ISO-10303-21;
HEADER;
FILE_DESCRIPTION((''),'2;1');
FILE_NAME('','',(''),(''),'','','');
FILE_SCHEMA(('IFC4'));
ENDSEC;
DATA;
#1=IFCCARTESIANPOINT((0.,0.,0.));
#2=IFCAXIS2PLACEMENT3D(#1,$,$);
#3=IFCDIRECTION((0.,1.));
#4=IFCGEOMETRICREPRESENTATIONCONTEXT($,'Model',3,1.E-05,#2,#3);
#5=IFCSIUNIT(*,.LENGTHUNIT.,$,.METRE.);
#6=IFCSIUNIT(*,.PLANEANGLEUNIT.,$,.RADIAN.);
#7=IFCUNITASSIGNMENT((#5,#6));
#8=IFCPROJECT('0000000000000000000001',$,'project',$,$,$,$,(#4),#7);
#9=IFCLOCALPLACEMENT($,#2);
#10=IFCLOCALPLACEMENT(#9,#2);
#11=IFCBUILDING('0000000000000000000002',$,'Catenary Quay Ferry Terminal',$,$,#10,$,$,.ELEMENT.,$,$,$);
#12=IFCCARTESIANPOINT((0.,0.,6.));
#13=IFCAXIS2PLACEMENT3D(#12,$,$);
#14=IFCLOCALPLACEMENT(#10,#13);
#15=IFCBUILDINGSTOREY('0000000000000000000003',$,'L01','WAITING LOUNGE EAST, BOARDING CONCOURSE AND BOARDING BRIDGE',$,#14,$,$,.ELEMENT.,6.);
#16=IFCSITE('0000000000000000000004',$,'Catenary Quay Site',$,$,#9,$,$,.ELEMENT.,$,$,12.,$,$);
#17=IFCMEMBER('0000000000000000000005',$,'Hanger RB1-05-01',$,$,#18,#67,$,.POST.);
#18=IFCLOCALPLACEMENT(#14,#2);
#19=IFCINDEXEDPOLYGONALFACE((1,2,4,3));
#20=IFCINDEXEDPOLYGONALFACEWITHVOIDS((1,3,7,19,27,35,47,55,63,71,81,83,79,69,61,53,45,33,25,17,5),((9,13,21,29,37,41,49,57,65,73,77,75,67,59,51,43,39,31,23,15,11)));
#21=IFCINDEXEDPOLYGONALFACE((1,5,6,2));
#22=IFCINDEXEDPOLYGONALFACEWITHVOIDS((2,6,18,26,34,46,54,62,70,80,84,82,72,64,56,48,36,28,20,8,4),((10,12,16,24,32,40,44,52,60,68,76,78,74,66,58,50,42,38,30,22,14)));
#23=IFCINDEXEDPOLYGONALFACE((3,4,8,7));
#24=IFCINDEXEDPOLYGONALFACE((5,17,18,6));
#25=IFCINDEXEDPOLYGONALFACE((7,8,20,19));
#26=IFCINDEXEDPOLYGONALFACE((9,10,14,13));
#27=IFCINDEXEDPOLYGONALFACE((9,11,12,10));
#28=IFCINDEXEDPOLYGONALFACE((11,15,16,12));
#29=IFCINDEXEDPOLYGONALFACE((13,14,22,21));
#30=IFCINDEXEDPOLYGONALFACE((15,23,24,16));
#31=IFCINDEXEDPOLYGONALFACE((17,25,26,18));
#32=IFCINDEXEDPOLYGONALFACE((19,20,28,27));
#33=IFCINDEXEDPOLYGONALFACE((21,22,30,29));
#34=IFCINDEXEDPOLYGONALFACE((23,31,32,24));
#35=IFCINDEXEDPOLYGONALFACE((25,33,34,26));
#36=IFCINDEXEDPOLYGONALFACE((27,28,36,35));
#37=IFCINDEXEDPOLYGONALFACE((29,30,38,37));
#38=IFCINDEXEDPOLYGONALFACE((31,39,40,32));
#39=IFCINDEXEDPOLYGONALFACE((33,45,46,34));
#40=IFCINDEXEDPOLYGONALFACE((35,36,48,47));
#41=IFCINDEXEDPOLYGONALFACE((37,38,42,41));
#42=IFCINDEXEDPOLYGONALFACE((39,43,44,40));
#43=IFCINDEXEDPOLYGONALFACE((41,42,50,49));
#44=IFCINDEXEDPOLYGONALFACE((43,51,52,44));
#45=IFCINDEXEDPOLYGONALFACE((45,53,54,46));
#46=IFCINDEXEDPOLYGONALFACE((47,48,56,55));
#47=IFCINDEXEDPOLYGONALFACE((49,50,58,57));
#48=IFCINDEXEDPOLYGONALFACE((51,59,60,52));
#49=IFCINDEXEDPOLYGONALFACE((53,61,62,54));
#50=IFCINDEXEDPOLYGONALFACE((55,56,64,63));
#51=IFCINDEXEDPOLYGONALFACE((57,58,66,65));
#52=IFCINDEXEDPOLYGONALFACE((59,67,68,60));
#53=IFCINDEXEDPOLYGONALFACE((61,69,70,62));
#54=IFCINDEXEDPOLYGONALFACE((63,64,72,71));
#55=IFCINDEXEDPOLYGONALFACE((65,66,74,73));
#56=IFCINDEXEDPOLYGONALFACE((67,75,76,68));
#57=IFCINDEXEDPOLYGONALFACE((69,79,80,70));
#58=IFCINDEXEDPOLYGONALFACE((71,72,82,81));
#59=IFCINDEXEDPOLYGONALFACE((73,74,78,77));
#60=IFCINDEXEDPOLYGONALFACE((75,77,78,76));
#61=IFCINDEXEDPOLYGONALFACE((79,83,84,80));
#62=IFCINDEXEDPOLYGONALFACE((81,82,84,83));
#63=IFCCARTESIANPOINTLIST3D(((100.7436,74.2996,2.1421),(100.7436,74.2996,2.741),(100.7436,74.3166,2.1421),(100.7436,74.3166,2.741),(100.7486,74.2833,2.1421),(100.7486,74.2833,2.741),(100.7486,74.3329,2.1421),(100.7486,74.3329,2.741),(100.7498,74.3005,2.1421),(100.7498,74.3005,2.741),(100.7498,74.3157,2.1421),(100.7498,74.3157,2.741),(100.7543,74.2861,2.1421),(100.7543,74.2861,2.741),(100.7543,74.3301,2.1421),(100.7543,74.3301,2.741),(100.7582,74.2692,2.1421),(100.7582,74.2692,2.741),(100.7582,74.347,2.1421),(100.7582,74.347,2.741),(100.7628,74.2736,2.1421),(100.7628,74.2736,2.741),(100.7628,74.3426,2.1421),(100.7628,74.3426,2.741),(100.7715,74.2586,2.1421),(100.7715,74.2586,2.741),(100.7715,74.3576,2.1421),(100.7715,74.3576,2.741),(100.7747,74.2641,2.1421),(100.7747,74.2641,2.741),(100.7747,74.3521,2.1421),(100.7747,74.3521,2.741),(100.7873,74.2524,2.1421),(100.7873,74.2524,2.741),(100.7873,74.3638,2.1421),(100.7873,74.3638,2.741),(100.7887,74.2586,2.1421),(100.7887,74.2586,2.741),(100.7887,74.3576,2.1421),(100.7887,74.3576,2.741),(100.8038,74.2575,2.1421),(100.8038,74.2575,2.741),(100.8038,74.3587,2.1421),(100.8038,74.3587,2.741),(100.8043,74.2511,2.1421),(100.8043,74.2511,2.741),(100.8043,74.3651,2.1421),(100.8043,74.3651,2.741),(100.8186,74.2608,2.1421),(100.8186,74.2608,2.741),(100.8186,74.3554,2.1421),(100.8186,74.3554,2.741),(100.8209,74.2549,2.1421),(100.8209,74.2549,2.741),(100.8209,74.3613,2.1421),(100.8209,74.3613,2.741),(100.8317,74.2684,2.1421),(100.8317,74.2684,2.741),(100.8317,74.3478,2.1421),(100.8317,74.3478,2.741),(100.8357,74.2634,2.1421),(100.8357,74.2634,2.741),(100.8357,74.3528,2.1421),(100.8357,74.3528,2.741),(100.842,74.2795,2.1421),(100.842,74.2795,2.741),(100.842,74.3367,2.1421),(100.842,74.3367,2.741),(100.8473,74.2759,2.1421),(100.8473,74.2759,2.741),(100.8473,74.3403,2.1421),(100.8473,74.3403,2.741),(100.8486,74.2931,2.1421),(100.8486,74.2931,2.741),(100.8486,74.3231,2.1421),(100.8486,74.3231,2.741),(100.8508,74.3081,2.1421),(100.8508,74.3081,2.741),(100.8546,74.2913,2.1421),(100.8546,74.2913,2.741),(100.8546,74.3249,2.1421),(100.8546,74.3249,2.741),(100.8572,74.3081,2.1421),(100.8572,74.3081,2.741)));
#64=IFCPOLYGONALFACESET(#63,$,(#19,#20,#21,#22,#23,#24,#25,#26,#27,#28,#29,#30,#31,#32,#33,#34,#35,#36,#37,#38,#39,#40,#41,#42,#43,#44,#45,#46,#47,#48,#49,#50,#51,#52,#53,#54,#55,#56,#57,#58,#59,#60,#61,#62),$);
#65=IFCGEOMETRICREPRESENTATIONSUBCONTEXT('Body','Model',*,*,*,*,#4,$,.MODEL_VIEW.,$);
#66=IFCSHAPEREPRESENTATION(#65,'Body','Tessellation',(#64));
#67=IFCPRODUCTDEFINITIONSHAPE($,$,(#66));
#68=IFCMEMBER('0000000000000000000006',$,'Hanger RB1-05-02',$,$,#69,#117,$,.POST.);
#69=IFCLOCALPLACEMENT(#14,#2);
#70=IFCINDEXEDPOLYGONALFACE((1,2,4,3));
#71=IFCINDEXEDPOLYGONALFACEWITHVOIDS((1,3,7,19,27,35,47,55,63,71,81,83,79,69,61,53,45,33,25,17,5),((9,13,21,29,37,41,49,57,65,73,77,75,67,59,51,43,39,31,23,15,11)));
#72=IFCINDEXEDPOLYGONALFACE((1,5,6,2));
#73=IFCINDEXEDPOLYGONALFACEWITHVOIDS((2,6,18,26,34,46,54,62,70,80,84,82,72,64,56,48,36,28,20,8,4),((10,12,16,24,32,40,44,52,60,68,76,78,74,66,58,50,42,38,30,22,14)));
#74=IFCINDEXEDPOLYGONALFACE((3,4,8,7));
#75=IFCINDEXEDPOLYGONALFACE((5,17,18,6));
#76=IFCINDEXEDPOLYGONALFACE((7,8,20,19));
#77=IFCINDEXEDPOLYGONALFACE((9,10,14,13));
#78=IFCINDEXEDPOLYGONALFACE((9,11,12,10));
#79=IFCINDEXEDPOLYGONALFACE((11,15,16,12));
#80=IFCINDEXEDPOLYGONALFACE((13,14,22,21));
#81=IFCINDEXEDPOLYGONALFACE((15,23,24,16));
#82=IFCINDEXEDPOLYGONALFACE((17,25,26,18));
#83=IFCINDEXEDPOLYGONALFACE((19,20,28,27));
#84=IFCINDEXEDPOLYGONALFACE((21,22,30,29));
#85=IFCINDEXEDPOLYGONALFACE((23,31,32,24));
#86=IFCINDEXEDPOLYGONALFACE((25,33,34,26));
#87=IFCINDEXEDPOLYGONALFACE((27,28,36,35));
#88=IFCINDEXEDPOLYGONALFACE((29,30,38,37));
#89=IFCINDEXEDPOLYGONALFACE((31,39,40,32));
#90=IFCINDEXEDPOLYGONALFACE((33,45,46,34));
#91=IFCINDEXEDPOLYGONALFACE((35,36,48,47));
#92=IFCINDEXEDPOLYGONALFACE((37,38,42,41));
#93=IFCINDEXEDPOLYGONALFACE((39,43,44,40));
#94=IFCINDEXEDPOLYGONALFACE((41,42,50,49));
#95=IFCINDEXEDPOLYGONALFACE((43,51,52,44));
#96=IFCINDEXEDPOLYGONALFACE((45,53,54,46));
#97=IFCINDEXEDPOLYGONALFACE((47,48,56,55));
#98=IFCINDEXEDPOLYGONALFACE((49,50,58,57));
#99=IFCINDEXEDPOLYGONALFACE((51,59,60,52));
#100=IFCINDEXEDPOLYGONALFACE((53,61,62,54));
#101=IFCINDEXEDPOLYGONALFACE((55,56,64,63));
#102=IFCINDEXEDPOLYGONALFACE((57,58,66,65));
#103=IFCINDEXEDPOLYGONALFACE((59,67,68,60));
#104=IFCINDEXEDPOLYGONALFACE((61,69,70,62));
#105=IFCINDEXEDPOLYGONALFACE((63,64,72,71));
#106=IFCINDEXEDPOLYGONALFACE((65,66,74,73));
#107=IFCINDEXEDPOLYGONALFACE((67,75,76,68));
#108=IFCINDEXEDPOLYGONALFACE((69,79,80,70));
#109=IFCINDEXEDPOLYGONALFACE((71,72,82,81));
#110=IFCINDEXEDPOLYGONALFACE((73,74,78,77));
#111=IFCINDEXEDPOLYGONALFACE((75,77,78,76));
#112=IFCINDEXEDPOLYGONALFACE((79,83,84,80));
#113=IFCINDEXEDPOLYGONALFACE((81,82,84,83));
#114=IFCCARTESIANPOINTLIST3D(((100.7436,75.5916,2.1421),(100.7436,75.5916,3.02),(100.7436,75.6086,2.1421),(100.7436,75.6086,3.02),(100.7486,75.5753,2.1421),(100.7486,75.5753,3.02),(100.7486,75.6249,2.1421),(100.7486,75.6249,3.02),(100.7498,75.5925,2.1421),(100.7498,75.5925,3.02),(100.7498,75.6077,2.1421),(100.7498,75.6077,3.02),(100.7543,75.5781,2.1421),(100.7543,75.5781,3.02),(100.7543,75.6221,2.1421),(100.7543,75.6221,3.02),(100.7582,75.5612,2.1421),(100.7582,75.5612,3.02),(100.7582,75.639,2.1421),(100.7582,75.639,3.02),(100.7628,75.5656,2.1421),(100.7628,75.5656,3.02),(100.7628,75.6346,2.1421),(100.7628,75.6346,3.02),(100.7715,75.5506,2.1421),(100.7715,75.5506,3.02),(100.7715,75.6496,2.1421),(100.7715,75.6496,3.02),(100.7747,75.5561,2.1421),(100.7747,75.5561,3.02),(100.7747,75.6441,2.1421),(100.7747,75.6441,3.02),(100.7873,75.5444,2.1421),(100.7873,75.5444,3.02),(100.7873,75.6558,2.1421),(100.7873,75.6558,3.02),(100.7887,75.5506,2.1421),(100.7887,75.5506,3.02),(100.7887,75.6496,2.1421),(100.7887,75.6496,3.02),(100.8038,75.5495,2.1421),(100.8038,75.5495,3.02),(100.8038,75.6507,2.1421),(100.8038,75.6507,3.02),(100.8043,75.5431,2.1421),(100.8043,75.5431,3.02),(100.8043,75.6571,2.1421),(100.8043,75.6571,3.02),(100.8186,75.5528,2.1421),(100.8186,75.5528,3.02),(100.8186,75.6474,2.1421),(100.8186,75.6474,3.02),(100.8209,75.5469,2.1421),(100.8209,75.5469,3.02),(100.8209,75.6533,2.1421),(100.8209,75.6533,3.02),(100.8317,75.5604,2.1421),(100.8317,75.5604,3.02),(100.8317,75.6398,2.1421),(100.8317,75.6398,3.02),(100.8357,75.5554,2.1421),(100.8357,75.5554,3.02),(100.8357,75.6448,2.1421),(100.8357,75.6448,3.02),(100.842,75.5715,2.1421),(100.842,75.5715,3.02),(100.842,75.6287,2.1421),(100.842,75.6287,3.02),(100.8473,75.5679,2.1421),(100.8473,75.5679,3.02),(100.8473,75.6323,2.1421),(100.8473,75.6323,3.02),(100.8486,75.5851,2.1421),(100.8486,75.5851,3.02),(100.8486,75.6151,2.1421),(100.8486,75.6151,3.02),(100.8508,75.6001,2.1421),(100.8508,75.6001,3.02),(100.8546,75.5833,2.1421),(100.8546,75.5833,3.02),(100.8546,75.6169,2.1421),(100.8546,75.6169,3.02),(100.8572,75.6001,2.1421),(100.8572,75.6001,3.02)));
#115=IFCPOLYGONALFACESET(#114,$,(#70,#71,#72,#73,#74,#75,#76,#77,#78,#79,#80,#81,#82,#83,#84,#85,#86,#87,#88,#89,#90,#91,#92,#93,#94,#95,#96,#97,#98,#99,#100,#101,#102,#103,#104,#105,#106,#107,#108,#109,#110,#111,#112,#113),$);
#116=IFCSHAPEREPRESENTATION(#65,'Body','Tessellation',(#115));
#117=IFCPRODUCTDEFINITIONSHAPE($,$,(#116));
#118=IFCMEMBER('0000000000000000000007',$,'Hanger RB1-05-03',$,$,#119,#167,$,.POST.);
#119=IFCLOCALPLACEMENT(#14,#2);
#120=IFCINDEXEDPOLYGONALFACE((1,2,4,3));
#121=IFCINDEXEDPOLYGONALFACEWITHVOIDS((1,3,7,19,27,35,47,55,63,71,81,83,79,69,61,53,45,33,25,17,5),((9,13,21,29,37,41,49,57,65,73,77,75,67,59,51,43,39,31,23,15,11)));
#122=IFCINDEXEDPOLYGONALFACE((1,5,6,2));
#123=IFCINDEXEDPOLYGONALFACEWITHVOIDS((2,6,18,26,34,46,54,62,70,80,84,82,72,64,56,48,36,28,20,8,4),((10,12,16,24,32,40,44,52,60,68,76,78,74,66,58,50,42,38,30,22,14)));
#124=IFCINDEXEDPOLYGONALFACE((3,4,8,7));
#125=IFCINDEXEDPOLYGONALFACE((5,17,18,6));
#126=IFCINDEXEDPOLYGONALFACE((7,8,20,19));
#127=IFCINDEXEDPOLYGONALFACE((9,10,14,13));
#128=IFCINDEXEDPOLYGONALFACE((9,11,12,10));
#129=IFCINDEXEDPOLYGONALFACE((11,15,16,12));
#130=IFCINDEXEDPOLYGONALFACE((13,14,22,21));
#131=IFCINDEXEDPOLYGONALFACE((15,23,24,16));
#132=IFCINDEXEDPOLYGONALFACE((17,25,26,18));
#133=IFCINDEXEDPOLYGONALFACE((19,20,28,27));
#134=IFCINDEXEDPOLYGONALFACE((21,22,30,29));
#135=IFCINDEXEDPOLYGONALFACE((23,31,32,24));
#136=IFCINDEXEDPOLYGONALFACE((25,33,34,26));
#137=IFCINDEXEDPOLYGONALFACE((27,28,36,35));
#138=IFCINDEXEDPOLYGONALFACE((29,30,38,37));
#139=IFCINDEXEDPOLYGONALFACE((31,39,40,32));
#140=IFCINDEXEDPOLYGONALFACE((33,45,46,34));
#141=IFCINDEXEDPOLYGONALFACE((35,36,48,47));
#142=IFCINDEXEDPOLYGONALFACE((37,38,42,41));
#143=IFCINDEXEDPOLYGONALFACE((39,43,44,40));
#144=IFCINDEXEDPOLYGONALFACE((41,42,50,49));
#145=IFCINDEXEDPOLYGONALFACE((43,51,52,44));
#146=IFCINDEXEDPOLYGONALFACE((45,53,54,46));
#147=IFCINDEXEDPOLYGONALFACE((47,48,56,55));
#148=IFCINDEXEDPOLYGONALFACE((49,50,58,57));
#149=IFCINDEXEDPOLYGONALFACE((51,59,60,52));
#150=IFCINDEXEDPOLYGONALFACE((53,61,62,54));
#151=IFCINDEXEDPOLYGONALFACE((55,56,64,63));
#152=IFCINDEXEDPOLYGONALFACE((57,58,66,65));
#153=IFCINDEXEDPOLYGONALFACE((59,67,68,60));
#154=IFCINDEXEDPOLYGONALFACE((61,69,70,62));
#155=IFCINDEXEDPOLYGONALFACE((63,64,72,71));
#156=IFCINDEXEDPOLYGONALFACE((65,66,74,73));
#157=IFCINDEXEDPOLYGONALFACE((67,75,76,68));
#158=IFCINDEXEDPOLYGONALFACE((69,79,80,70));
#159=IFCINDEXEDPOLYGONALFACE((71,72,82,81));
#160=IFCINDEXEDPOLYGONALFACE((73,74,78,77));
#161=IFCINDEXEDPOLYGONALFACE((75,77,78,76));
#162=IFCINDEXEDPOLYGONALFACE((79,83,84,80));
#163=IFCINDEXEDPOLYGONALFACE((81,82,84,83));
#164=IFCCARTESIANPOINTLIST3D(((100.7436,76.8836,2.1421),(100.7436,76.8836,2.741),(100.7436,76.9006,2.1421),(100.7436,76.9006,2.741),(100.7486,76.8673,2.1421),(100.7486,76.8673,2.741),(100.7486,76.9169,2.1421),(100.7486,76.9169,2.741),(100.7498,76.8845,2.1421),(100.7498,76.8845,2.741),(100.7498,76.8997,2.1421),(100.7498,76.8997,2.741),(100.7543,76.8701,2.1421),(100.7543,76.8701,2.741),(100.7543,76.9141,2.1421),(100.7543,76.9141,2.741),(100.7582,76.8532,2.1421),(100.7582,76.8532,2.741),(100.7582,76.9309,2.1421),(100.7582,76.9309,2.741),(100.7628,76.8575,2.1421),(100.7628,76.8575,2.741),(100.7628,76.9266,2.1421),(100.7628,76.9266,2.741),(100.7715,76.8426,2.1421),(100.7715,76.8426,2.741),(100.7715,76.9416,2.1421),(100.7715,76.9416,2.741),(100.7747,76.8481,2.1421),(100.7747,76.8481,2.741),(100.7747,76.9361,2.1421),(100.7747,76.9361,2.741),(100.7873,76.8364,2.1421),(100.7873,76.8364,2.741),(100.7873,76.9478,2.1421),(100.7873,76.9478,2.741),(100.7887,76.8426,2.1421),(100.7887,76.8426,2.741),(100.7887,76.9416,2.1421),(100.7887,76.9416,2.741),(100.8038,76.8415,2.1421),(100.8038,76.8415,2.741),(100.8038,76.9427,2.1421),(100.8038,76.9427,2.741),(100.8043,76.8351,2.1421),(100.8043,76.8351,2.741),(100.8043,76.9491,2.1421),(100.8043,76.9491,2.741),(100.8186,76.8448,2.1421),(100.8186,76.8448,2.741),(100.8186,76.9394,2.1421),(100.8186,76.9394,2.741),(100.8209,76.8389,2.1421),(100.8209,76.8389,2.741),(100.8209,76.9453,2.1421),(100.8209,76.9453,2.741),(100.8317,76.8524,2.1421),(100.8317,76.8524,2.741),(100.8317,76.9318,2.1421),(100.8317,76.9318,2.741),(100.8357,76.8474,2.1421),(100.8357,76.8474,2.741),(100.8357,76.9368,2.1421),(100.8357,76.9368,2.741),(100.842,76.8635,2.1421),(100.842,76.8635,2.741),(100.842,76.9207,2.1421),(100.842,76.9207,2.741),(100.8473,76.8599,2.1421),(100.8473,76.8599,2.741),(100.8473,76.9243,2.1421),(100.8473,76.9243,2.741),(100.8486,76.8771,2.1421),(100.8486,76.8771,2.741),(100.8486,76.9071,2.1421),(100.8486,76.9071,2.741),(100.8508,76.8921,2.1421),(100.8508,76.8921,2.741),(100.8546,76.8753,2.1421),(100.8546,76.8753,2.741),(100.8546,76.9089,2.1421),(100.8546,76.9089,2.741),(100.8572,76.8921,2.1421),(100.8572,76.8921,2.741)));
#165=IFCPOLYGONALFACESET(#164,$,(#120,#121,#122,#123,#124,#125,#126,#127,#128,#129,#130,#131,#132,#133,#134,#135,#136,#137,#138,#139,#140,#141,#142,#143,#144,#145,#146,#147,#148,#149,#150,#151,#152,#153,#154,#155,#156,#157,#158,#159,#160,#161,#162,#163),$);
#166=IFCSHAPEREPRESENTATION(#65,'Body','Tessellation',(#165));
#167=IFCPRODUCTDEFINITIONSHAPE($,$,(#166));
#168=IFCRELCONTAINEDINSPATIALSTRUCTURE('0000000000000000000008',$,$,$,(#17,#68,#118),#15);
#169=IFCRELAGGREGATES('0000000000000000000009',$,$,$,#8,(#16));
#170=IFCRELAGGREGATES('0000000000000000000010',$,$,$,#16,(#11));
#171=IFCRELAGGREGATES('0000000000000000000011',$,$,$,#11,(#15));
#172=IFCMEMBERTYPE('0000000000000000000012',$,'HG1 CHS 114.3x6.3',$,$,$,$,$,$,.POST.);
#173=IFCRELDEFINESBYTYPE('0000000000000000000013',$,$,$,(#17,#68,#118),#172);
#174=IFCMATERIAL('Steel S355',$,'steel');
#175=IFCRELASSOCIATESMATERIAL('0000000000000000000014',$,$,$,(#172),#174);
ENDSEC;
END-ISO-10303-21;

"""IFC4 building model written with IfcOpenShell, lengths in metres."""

from ifc_helpers import new_model, si_unit, direction, frame, origin, origin_2d, place, context, subcontext, project, spatial, hollow_circle, extrude, material, material_profile, profile_set, type_object, element, save


model = new_model("IFC4")

# Units and contexts
model_context = context("Model", 3, precision=1e-05, world=origin(), true_north=direction((0.0, 1.0)))
body_context = subcontext(model_context, "Body", "Model", "MODEL_VIEW")
ifc_project = project(units=[si_unit("LENGTHUNIT", "METRE"), si_unit("PLANEANGLEUNIT", "RADIAN")], contexts=[model_context])

# Site, building, storey
site_placement = place(None, origin())
site = spatial("IfcSite", under=ifc_project, at=site_placement, Name="Catenary Quay Site", CompositionType="ELEMENT", RefElevation=12.0)
building_placement = place(site_placement, origin())
building = spatial("IfcBuilding", under=site, at=building_placement, Name="Catenary Quay Ferry Terminal", CompositionType="ELEMENT")
storey_placement = place(building_placement, frame((0.0, 0.0, 6.0)))
storey = spatial("IfcBuildingStorey", under=building, at=storey_placement, Name="L01", Description="WAITING LOUNGE EAST, BOARDING CONCOURSE AND BOARDING BRIDGE", CompositionType="ELEMENT", Elevation=6.0)

# Members
ifc_material_1 = material(Name="Steel S355", Category="steel")
ifc_material_profile_1 = material_profile(ifc_material_1, hollow_circle(Radius=0.0571, WallThickness=0.0063, at=origin_2d()), Name="CHS 114.3x6.3")
ifc_profile_set_1 = profile_set([ifc_material_profile_1], Name="Steel S355")
member_type_1 = type_object("IfcMemberType", Name="HG1 CHS 114.3x6.3", PredefinedType="POST", material=ifc_profile_set_1)
for number, where, z_axis, x_axis, name in (
    (1, (100.8, 74.3081, 2.1421), (0.0, 0.0, 1.0), (1.0, 0.0, 0.0), "Hanger RB1-05-01"),
):
    element("IfcMember", number, at=place(storey_placement, frame(where, z_axis=z_axis, x_axis=x_axis)), inside=storey, type_object=member_type_1, Name=name, PredefinedType="POST", context=body_context, shape_type="SweptSolid", body=[
        extrude(hollow_circle(Radius=0.0571, WallThickness=0.0063, at=origin_2d()), origin(), (0.0, 0.0, 1.0), 0.5989),
    ])
member_1_placement = place(storey_placement, frame((100.8, 75.6001, 2.1421), z_axis=(0.0, 0.0, 1.0), x_axis=(1.0, 0.0, 0.0)))
element("IfcMember", 2, at=member_1_placement, inside=storey, type_object=member_type_1, Name="Hanger RB1-05-02", PredefinedType="POST", context=body_context, shape_type="SweptSolid", body=[
    extrude(hollow_circle(Radius=0.0571, WallThickness=0.0063, at=origin_2d()), origin(), (0.0, 0.0, 1.0), 0.8779),
])
for number, where, z_axis, x_axis, name in (
    (3, (100.8, 76.8921, 2.1421), (0.0, 0.0, 1.0), (1.0, 0.0, 0.0), "Hanger RB1-05-03"),
):
    element("IfcMember", number, at=place(storey_placement, frame(where, z_axis=z_axis, x_axis=x_axis)), inside=storey, type_object=member_type_1, Name=name, PredefinedType="POST", context=body_context, shape_type="SweptSolid", body=[
        extrude(hollow_circle(Radius=0.0571, WallThickness=0.0063, at=origin_2d()), origin(), (0.0, 0.0, 1.0), 0.5989),
    ])

save(model, "model.ifc")
